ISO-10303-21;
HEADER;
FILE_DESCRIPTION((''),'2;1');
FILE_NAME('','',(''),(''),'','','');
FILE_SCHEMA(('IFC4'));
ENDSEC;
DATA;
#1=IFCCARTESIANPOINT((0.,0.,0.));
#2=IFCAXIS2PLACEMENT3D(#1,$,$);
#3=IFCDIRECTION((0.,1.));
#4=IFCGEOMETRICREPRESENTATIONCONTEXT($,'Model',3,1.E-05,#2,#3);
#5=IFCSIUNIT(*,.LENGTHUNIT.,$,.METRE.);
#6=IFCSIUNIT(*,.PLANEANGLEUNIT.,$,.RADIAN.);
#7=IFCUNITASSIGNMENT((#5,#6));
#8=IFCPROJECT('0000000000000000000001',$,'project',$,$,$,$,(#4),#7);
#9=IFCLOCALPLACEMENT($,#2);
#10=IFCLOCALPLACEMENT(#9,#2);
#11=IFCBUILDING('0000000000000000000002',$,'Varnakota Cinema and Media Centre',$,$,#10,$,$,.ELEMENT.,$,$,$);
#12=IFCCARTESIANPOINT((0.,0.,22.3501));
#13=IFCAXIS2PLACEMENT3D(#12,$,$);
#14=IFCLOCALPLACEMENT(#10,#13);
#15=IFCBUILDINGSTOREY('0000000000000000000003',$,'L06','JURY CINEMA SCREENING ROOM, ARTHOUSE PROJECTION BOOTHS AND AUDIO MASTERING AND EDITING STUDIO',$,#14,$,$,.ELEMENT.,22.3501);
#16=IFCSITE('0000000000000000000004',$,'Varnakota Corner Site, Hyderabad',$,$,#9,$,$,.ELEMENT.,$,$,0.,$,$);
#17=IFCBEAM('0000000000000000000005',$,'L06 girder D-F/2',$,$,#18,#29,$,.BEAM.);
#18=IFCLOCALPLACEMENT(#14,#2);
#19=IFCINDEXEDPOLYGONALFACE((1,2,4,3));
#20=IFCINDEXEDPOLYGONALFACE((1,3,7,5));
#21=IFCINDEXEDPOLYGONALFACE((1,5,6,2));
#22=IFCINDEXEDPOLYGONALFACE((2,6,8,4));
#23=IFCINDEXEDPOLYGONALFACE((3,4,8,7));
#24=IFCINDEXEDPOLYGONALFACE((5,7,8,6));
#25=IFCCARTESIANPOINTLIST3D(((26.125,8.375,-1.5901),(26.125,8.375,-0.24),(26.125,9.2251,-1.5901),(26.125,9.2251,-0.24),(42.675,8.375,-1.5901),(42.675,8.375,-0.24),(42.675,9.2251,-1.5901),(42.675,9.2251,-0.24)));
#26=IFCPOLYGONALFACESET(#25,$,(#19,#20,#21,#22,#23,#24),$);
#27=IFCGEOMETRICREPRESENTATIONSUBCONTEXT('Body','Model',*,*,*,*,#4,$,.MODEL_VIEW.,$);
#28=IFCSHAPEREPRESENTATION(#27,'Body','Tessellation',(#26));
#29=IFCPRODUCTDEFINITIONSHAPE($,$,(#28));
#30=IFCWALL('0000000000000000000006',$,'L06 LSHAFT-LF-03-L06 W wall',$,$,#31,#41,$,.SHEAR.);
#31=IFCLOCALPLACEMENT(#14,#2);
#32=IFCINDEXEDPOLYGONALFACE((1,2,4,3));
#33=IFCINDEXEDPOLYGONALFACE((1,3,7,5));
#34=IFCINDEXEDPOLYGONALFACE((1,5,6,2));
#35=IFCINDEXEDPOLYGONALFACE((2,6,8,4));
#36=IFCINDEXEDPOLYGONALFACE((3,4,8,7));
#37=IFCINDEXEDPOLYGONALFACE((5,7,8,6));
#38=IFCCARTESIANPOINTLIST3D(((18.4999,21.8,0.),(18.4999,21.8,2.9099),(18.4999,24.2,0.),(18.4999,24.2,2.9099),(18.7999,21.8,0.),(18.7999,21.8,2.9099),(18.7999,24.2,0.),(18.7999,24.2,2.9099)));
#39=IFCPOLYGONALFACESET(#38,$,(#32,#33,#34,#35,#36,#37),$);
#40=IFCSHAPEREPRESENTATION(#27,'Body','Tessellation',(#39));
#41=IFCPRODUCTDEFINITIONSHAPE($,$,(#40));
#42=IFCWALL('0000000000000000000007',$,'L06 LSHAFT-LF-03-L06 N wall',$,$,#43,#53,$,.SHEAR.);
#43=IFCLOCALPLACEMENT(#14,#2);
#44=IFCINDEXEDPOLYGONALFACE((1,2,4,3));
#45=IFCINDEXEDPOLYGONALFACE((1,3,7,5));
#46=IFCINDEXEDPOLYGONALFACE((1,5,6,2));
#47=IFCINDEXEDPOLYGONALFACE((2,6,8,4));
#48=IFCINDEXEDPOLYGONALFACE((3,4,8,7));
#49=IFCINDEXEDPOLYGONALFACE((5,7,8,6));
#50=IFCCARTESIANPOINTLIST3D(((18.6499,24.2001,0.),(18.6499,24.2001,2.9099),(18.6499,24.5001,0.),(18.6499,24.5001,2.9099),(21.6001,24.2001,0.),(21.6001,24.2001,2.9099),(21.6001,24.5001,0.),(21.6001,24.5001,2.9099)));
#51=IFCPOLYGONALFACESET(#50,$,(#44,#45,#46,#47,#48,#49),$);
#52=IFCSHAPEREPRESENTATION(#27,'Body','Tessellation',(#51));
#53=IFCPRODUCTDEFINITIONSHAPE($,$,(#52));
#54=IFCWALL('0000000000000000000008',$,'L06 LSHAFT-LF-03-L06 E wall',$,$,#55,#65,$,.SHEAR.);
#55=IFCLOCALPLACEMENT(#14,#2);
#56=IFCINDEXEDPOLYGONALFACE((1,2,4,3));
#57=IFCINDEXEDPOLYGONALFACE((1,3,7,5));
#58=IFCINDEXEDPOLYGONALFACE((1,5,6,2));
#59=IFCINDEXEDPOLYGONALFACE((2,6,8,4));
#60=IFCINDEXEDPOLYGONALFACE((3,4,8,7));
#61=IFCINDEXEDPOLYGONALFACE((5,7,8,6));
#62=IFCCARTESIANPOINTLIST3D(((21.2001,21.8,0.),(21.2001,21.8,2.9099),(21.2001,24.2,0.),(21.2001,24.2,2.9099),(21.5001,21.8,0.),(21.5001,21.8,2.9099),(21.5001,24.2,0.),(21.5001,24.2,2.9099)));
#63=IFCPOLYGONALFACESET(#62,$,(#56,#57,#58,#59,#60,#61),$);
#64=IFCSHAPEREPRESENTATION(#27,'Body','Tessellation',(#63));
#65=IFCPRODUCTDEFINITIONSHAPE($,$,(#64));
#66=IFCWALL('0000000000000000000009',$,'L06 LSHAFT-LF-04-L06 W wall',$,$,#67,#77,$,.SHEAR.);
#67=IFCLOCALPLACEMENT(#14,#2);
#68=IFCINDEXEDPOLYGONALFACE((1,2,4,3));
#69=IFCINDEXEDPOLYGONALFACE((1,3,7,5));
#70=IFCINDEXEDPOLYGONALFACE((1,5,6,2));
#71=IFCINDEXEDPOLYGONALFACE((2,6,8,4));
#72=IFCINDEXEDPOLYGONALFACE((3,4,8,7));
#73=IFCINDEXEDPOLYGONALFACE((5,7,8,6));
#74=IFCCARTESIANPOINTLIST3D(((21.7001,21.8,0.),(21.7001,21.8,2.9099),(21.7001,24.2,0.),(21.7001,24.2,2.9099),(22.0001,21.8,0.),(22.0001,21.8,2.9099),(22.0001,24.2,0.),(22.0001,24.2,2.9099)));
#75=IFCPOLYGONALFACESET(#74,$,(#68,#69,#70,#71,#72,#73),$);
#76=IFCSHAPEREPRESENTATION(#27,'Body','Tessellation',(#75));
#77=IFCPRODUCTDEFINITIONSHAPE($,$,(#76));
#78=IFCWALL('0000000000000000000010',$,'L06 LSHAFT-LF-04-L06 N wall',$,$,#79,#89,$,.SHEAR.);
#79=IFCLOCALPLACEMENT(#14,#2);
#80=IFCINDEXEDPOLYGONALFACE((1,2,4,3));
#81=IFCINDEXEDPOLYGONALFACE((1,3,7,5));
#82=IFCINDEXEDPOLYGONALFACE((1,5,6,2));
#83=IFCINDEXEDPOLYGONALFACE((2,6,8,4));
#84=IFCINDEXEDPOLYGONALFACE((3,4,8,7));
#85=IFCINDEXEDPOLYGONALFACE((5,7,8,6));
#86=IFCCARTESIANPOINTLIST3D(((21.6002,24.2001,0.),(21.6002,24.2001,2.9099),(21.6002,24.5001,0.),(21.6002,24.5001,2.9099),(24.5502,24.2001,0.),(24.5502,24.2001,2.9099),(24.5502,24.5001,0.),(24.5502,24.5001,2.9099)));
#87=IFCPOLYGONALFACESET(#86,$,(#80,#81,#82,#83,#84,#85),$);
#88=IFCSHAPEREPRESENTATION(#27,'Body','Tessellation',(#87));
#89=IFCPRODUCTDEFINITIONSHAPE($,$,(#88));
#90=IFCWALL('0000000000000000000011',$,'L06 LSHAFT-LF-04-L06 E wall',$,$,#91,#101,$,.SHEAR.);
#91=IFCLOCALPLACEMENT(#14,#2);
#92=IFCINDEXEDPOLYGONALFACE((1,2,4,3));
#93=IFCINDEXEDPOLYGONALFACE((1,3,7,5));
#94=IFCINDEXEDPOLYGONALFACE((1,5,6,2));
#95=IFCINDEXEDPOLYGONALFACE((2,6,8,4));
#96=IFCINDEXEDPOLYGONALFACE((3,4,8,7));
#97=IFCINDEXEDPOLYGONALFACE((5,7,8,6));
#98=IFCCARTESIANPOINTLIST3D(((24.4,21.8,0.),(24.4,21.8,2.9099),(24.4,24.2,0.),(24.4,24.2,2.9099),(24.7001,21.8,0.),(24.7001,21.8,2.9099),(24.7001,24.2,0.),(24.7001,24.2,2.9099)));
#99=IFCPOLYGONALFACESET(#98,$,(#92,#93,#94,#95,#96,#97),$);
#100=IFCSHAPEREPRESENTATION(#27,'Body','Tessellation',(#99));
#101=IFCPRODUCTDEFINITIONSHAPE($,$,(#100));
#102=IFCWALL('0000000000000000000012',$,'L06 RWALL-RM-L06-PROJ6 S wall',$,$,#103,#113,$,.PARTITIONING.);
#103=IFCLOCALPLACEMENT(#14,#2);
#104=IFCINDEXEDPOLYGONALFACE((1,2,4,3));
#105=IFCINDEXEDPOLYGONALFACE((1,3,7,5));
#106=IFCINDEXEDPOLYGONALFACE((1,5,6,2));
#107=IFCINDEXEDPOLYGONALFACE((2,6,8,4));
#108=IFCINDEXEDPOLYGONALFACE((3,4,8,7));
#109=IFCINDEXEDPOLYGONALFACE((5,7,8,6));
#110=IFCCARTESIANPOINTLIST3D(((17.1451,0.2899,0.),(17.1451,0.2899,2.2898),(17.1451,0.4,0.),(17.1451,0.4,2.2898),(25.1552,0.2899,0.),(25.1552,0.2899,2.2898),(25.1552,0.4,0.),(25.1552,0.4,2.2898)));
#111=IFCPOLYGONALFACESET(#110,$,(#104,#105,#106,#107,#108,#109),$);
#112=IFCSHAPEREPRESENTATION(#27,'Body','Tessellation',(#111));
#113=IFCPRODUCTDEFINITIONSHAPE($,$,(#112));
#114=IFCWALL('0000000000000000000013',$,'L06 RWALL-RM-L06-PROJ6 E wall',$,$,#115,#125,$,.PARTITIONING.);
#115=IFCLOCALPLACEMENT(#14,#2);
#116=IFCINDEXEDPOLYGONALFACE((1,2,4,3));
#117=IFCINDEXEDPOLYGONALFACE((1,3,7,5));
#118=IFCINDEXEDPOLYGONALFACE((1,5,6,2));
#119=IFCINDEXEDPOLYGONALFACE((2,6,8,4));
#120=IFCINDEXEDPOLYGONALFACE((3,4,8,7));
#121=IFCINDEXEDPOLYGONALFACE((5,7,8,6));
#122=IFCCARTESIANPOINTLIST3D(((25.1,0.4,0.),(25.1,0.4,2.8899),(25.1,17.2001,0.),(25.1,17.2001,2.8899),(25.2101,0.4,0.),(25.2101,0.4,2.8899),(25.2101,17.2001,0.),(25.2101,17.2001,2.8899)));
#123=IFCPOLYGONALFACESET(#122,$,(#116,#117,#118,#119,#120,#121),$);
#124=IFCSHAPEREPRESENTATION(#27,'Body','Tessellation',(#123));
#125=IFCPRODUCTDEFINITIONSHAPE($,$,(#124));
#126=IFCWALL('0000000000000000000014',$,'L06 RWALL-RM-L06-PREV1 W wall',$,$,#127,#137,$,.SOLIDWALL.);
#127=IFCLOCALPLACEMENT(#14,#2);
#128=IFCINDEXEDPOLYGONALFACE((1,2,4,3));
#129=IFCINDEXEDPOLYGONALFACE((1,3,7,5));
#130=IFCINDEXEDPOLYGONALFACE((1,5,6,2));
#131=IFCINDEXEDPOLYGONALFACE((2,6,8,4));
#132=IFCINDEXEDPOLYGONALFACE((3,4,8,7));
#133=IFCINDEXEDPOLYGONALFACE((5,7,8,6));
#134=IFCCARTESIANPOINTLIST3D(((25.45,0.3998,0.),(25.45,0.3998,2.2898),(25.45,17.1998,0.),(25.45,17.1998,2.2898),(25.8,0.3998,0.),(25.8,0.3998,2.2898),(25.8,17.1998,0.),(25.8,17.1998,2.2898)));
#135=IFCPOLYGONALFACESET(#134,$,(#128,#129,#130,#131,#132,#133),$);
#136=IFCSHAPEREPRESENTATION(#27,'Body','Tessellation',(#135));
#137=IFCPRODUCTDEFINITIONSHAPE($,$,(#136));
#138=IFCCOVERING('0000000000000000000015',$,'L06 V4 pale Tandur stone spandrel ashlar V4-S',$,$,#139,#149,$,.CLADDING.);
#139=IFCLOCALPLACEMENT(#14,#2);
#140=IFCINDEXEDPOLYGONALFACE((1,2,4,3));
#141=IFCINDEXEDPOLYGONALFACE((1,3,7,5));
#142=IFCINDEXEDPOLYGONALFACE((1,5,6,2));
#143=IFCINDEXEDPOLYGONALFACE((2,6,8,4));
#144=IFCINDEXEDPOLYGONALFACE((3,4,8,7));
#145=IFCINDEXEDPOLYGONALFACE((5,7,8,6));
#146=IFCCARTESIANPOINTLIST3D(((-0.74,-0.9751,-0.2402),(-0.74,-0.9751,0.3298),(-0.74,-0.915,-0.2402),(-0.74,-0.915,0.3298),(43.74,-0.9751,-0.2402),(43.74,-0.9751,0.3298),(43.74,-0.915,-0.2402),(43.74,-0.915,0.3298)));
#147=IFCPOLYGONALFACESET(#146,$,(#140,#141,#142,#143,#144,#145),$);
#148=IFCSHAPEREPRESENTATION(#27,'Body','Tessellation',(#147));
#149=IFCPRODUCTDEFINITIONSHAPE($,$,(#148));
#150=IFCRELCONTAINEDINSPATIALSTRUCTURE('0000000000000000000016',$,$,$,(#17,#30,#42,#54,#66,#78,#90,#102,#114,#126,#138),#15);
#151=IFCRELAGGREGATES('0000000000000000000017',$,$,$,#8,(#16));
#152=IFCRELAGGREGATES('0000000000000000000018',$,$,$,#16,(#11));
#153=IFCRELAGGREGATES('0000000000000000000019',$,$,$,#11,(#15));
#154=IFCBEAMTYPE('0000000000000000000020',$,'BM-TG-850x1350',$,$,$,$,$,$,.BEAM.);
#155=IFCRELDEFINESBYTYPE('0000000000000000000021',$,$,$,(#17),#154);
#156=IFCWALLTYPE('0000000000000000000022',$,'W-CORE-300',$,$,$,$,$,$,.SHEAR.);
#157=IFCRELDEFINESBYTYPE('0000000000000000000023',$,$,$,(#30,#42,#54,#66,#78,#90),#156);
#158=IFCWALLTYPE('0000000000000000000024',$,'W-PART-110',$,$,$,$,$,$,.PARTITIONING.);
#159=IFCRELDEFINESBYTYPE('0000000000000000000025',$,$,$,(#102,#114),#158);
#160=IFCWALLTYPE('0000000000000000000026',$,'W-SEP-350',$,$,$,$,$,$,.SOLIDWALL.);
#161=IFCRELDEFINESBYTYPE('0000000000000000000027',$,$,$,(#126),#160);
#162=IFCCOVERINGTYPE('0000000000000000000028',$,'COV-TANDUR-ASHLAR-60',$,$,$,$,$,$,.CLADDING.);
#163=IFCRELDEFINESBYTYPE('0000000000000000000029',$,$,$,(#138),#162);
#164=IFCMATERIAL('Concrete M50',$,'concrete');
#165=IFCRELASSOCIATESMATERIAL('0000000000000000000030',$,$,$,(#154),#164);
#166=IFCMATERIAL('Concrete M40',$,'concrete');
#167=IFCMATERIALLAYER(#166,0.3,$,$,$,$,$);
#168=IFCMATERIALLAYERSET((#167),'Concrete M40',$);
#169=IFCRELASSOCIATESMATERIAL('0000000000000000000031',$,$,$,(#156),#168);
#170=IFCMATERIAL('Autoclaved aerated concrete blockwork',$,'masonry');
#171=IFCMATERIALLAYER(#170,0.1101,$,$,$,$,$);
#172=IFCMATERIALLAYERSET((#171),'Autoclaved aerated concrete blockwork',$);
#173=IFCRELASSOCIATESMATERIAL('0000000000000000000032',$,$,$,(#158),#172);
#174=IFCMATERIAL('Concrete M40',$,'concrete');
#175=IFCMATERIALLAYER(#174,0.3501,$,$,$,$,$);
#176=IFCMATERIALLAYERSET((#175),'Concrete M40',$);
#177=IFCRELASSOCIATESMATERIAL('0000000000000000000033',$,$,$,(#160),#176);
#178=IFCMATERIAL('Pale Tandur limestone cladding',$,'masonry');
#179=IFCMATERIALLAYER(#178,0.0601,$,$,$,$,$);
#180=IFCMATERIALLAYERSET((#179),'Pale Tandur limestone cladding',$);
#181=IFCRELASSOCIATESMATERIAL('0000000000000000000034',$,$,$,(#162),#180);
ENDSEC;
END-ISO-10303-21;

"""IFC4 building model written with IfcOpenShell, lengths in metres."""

from ifc_helpers import new_model, si_unit, direction, frame, frame_2d, origin, origin_2d, place, context, subcontext, project, spatial, rectangle, extrude, material, layer, layer_set, material_profile, profile_set, type_object, element, save


model = new_model("IFC4")

# Units and contexts
model_context = context("Model", 3, precision=1e-05, world=origin(), true_north=direction((0.0, 1.0)))
body_context = subcontext(model_context, "Body", "Model", "MODEL_VIEW")
ifc_project = project(units=[si_unit("LENGTHUNIT", "METRE"), si_unit("PLANEANGLEUNIT", "RADIAN")], contexts=[model_context])

# Site, building, storey
site_placement = place(None, origin())
site = spatial("IfcSite", under=ifc_project, at=site_placement, Name="Varnakota Corner Site, Hyderabad", CompositionType="ELEMENT", RefElevation=0.0)
building_placement = place(site_placement, origin())
building = spatial("IfcBuilding", under=site, at=building_placement, Name="Varnakota Cinema and Media Centre", CompositionType="ELEMENT")
storey_placement = place(building_placement, frame((0.0, 0.0, 22.3501)))
storey = spatial("IfcBuildingStorey", under=building, at=storey_placement, Name="L06", Description="JURY CINEMA SCREENING ROOM, ARTHOUSE PROJECTION BOOTHS AND AUDIO MASTERING AND EDITING STUDIO", CompositionType="ELEMENT", Elevation=22.3501)

# Beam
ifc_material_1 = material(Name="Concrete M50", Category="concrete")
ifc_material_profile_1 = material_profile(ifc_material_1, rectangle(XDim=0.8501, YDim=1.3501, at=origin_2d()), Name="RCB 850x1350")
ifc_profile_set_1 = profile_set([ifc_material_profile_1], Name="Concrete M50")
beam_type_1 = type_object("IfcBeamType", Name="BM-TG-850x1350", PredefinedType="BEAM", material=ifc_profile_set_1)
beam_1_placement = place(storey_placement, frame((26.125, 8.8, -0.915), z_axis=(1.0, 0.0, 0.0), x_axis=(0.0, 1.0, 0.0)))
element("IfcBeam", 1, at=beam_1_placement, inside=storey, type_object=beam_type_1, Name="L06 girder D-F/2", PredefinedType="BEAM", context=body_context, shape_type="SweptSolid", body=[
    extrude(rectangle(XDim=0.8501, YDim=1.3501, at=origin_2d()), origin(), (0.0, 0.0, 1.0), 16.55),
])

# Shared definitions
ifc_material_2 = material(Name="Concrete M40", Category="concrete")
ifc_layer_1 = layer(ifc_material_2, 0.3)
ifc_layer_set_1 = layer_set([ifc_layer_1], Name="Concrete M40")
wall_type_1 = type_object("IfcWallType", Name="W-CORE-300", PredefinedType="SHEAR", material=ifc_layer_set_1)

# Walls
wall_1_placement = place(storey_placement, frame((18.6499, 21.8, 0.0), z_axis=(0.0, 0.0, 1.0), x_axis=(0.0, 1.0, 0.0)))
element("IfcWall", 2, at=wall_1_placement, inside=storey, type_object=wall_type_1, Name="L06 LSHAFT-LF-03-L06 W wall", PredefinedType="SHEAR", context=body_context, shape_type="SweptSolid", body=[
    extrude(rectangle(XDim=2.3999, YDim=0.3, at=frame_2d((1.2, 0.0))), origin(), (0.0, 0.0, 1.0), 2.9099),
])
wall_2_placement = place(storey_placement, frame((18.6499, 24.3501, 0.0), z_axis=(0.0, 0.0, 1.0), x_axis=(1.0, 0.0, 0.0)))
element("IfcWall", 3, at=wall_2_placement, inside=storey, type_object=wall_type_1, Name="L06 LSHAFT-LF-03-L06 N wall", PredefinedType="SHEAR", context=body_context, shape_type="SweptSolid", body=[
    extrude(rectangle(XDim=2.9502, YDim=0.3, at=frame_2d((1.4751, 0.0))), origin(), (0.0, 0.0, 1.0), 2.9099),
])
wall_3_placement = place(storey_placement, frame((21.3501, 24.2, 0.0), z_axis=(0.0, 0.0, 1.0), x_axis=(0.0, -1.0, 0.0)))
element("IfcWall", 4, at=wall_3_placement, inside=storey, type_object=wall_type_1, Name="L06 LSHAFT-LF-03-L06 E wall", PredefinedType="SHEAR", context=body_context, shape_type="SweptSolid", body=[
    extrude(rectangle(XDim=2.3999, YDim=0.3, at=frame_2d((1.2, 0.0))), origin(), (0.0, 0.0, 1.0), 2.9099),
])

# Walls
wall_4_placement = place(storey_placement, frame((21.8501, 21.8, 0.0), z_axis=(0.0, 0.0, 1.0), x_axis=(0.0, 1.0, 0.0)))
element("IfcWall", 5, at=wall_4_placement, inside=storey, type_object=wall_type_1, Name="L06 LSHAFT-LF-04-L06 W wall", PredefinedType="SHEAR", context=body_context, shape_type="SweptSolid", body=[
    extrude(rectangle(XDim=2.3999, YDim=0.3, at=frame_2d((1.2, 0.0))), origin(), (0.0, 0.0, 1.0), 2.9099),
])
wall_5_placement = place(storey_placement, frame((21.6001, 24.3501, 0.0), z_axis=(0.0, 0.0, 1.0), x_axis=(1.0, 0.0, 0.0)))
element("IfcWall", 6, at=wall_5_placement, inside=storey, type_object=wall_type_1, Name="L06 LSHAFT-LF-04-L06 N wall", PredefinedType="SHEAR", context=body_context, shape_type="SweptSolid", body=[
    extrude(rectangle(XDim=2.95, YDim=0.3, at=frame_2d((1.4751, 0.0))), origin(), (0.0, 0.0, 1.0), 2.9099),
])
wall_6_placement = place(storey_placement, frame((24.55, 24.2, 0.0), z_axis=(0.0, 0.0, 1.0), x_axis=(0.0, -1.0, 0.0)))
element("IfcWall", 7, at=wall_6_placement, inside=storey, type_object=wall_type_1, Name="L06 LSHAFT-LF-04-L06 E wall", PredefinedType="SHEAR", context=body_context, shape_type="SweptSolid", body=[
    extrude(rectangle(XDim=2.3999, YDim=0.3, at=frame_2d((1.2, 0.0))), origin(), (0.0, 0.0, 1.0), 2.9099),
])
ifc_material_3 = material(Name="Autoclaved aerated concrete blockwork", Category="masonry")
ifc_layer_2 = layer(ifc_material_3, 0.1101)
ifc_layer_set_2 = layer_set([ifc_layer_2], Name="Autoclaved aerated concrete blockwork")
wall_type_2 = type_object("IfcWallType", Name="W-PART-110", PredefinedType="PARTITIONING", material=ifc_layer_set_2)
wall_7_placement = place(storey_placement, frame((25.155, 0.345, 0.0), z_axis=(0.0, 0.0, 1.0), x_axis=(-1.0, 0.0, 0.0)))
element("IfcWall", 8, at=wall_7_placement, inside=storey, type_object=wall_type_2, Name="L06 RWALL-RM-L06-PROJ6 S wall", PredefinedType="PARTITIONING", context=body_context, shape_type="SweptSolid", body=[
    extrude(rectangle(XDim=8.01, YDim=0.1101, at=frame_2d((4.0049, 0.0))), origin(), (0.0, 0.0, 1.0), 2.2898),
])
wall_8_placement = place(storey_placement, frame((25.155, 17.2, 0.0), z_axis=(0.0, 0.0, 1.0), x_axis=(0.0, -1.0, 0.0)))
element("IfcWall", 9, at=wall_8_placement, inside=storey, type_object=wall_type_2, Name="L06 RWALL-RM-L06-PROJ6 E wall", PredefinedType="PARTITIONING", context=body_context, shape_type="SweptSolid", body=[
    extrude(rectangle(XDim=16.8, YDim=0.1101, at=frame_2d((8.3999, 0.0))), origin(), (0.0, 0.0, 1.0), 2.8899),
])
ifc_material_4 = material(Name="Concrete M40", Category="concrete")
ifc_layer_3 = layer(ifc_material_4, 0.3501)
ifc_layer_set_3 = layer_set([ifc_layer_3], Name="Concrete M40")
wall_type_3 = type_object("IfcWallType", Name="W-SEP-350", PredefinedType="SOLIDWALL", material=ifc_layer_set_3)
wall_9_placement = place(storey_placement, frame((25.625, 0.3999, 0.0), z_axis=(0.0, 0.0, 1.0), x_axis=(0.0, 1.0, 0.0)))
element("IfcWall", 10, at=wall_9_placement, inside=storey, type_object=wall_type_3, Name="L06 RWALL-RM-L06-PREV1 W wall", PredefinedType="SOLIDWALL", context=body_context, shape_type="SweptSolid", body=[
    extrude(rectangle(XDim=16.8, YDim=0.3501, at=frame_2d((8.3999, 0.0))), origin(), (0.0, 0.0, 1.0), 2.2898),
])

# Covering
ifc_material_5 = material(Name="Pale Tandur limestone cladding", Category="masonry")
ifc_layer_4 = layer(ifc_material_5, 0.0601)
ifc_layer_set_4 = layer_set([ifc_layer_4], Name="Pale Tandur limestone cladding")
covering_type = type_object("IfcCoveringType", Name="COV-TANDUR-ASHLAR-60", PredefinedType="CLADDING", material=ifc_layer_set_4)
covering_placement = place(storey_placement, frame((21.5, -0.9451, -0.2402), z_axis=(0.0, 0.0, 1.0), x_axis=(-1.0, 0.0, 0.0)))
element("IfcCovering", 11, at=covering_placement, inside=storey, type_object=covering_type, Name="L06 V4 pale Tandur stone spandrel ashlar V4-S", PredefinedType="CLADDING", context=body_context, shape_type="SweptSolid", body=[
    extrude(rectangle(XDim=44.48, YDim=0.0601, at=origin_2d()), origin(), (0.0, 0.0, 1.0), 0.5701),
])

save(model, "model.ifc")
